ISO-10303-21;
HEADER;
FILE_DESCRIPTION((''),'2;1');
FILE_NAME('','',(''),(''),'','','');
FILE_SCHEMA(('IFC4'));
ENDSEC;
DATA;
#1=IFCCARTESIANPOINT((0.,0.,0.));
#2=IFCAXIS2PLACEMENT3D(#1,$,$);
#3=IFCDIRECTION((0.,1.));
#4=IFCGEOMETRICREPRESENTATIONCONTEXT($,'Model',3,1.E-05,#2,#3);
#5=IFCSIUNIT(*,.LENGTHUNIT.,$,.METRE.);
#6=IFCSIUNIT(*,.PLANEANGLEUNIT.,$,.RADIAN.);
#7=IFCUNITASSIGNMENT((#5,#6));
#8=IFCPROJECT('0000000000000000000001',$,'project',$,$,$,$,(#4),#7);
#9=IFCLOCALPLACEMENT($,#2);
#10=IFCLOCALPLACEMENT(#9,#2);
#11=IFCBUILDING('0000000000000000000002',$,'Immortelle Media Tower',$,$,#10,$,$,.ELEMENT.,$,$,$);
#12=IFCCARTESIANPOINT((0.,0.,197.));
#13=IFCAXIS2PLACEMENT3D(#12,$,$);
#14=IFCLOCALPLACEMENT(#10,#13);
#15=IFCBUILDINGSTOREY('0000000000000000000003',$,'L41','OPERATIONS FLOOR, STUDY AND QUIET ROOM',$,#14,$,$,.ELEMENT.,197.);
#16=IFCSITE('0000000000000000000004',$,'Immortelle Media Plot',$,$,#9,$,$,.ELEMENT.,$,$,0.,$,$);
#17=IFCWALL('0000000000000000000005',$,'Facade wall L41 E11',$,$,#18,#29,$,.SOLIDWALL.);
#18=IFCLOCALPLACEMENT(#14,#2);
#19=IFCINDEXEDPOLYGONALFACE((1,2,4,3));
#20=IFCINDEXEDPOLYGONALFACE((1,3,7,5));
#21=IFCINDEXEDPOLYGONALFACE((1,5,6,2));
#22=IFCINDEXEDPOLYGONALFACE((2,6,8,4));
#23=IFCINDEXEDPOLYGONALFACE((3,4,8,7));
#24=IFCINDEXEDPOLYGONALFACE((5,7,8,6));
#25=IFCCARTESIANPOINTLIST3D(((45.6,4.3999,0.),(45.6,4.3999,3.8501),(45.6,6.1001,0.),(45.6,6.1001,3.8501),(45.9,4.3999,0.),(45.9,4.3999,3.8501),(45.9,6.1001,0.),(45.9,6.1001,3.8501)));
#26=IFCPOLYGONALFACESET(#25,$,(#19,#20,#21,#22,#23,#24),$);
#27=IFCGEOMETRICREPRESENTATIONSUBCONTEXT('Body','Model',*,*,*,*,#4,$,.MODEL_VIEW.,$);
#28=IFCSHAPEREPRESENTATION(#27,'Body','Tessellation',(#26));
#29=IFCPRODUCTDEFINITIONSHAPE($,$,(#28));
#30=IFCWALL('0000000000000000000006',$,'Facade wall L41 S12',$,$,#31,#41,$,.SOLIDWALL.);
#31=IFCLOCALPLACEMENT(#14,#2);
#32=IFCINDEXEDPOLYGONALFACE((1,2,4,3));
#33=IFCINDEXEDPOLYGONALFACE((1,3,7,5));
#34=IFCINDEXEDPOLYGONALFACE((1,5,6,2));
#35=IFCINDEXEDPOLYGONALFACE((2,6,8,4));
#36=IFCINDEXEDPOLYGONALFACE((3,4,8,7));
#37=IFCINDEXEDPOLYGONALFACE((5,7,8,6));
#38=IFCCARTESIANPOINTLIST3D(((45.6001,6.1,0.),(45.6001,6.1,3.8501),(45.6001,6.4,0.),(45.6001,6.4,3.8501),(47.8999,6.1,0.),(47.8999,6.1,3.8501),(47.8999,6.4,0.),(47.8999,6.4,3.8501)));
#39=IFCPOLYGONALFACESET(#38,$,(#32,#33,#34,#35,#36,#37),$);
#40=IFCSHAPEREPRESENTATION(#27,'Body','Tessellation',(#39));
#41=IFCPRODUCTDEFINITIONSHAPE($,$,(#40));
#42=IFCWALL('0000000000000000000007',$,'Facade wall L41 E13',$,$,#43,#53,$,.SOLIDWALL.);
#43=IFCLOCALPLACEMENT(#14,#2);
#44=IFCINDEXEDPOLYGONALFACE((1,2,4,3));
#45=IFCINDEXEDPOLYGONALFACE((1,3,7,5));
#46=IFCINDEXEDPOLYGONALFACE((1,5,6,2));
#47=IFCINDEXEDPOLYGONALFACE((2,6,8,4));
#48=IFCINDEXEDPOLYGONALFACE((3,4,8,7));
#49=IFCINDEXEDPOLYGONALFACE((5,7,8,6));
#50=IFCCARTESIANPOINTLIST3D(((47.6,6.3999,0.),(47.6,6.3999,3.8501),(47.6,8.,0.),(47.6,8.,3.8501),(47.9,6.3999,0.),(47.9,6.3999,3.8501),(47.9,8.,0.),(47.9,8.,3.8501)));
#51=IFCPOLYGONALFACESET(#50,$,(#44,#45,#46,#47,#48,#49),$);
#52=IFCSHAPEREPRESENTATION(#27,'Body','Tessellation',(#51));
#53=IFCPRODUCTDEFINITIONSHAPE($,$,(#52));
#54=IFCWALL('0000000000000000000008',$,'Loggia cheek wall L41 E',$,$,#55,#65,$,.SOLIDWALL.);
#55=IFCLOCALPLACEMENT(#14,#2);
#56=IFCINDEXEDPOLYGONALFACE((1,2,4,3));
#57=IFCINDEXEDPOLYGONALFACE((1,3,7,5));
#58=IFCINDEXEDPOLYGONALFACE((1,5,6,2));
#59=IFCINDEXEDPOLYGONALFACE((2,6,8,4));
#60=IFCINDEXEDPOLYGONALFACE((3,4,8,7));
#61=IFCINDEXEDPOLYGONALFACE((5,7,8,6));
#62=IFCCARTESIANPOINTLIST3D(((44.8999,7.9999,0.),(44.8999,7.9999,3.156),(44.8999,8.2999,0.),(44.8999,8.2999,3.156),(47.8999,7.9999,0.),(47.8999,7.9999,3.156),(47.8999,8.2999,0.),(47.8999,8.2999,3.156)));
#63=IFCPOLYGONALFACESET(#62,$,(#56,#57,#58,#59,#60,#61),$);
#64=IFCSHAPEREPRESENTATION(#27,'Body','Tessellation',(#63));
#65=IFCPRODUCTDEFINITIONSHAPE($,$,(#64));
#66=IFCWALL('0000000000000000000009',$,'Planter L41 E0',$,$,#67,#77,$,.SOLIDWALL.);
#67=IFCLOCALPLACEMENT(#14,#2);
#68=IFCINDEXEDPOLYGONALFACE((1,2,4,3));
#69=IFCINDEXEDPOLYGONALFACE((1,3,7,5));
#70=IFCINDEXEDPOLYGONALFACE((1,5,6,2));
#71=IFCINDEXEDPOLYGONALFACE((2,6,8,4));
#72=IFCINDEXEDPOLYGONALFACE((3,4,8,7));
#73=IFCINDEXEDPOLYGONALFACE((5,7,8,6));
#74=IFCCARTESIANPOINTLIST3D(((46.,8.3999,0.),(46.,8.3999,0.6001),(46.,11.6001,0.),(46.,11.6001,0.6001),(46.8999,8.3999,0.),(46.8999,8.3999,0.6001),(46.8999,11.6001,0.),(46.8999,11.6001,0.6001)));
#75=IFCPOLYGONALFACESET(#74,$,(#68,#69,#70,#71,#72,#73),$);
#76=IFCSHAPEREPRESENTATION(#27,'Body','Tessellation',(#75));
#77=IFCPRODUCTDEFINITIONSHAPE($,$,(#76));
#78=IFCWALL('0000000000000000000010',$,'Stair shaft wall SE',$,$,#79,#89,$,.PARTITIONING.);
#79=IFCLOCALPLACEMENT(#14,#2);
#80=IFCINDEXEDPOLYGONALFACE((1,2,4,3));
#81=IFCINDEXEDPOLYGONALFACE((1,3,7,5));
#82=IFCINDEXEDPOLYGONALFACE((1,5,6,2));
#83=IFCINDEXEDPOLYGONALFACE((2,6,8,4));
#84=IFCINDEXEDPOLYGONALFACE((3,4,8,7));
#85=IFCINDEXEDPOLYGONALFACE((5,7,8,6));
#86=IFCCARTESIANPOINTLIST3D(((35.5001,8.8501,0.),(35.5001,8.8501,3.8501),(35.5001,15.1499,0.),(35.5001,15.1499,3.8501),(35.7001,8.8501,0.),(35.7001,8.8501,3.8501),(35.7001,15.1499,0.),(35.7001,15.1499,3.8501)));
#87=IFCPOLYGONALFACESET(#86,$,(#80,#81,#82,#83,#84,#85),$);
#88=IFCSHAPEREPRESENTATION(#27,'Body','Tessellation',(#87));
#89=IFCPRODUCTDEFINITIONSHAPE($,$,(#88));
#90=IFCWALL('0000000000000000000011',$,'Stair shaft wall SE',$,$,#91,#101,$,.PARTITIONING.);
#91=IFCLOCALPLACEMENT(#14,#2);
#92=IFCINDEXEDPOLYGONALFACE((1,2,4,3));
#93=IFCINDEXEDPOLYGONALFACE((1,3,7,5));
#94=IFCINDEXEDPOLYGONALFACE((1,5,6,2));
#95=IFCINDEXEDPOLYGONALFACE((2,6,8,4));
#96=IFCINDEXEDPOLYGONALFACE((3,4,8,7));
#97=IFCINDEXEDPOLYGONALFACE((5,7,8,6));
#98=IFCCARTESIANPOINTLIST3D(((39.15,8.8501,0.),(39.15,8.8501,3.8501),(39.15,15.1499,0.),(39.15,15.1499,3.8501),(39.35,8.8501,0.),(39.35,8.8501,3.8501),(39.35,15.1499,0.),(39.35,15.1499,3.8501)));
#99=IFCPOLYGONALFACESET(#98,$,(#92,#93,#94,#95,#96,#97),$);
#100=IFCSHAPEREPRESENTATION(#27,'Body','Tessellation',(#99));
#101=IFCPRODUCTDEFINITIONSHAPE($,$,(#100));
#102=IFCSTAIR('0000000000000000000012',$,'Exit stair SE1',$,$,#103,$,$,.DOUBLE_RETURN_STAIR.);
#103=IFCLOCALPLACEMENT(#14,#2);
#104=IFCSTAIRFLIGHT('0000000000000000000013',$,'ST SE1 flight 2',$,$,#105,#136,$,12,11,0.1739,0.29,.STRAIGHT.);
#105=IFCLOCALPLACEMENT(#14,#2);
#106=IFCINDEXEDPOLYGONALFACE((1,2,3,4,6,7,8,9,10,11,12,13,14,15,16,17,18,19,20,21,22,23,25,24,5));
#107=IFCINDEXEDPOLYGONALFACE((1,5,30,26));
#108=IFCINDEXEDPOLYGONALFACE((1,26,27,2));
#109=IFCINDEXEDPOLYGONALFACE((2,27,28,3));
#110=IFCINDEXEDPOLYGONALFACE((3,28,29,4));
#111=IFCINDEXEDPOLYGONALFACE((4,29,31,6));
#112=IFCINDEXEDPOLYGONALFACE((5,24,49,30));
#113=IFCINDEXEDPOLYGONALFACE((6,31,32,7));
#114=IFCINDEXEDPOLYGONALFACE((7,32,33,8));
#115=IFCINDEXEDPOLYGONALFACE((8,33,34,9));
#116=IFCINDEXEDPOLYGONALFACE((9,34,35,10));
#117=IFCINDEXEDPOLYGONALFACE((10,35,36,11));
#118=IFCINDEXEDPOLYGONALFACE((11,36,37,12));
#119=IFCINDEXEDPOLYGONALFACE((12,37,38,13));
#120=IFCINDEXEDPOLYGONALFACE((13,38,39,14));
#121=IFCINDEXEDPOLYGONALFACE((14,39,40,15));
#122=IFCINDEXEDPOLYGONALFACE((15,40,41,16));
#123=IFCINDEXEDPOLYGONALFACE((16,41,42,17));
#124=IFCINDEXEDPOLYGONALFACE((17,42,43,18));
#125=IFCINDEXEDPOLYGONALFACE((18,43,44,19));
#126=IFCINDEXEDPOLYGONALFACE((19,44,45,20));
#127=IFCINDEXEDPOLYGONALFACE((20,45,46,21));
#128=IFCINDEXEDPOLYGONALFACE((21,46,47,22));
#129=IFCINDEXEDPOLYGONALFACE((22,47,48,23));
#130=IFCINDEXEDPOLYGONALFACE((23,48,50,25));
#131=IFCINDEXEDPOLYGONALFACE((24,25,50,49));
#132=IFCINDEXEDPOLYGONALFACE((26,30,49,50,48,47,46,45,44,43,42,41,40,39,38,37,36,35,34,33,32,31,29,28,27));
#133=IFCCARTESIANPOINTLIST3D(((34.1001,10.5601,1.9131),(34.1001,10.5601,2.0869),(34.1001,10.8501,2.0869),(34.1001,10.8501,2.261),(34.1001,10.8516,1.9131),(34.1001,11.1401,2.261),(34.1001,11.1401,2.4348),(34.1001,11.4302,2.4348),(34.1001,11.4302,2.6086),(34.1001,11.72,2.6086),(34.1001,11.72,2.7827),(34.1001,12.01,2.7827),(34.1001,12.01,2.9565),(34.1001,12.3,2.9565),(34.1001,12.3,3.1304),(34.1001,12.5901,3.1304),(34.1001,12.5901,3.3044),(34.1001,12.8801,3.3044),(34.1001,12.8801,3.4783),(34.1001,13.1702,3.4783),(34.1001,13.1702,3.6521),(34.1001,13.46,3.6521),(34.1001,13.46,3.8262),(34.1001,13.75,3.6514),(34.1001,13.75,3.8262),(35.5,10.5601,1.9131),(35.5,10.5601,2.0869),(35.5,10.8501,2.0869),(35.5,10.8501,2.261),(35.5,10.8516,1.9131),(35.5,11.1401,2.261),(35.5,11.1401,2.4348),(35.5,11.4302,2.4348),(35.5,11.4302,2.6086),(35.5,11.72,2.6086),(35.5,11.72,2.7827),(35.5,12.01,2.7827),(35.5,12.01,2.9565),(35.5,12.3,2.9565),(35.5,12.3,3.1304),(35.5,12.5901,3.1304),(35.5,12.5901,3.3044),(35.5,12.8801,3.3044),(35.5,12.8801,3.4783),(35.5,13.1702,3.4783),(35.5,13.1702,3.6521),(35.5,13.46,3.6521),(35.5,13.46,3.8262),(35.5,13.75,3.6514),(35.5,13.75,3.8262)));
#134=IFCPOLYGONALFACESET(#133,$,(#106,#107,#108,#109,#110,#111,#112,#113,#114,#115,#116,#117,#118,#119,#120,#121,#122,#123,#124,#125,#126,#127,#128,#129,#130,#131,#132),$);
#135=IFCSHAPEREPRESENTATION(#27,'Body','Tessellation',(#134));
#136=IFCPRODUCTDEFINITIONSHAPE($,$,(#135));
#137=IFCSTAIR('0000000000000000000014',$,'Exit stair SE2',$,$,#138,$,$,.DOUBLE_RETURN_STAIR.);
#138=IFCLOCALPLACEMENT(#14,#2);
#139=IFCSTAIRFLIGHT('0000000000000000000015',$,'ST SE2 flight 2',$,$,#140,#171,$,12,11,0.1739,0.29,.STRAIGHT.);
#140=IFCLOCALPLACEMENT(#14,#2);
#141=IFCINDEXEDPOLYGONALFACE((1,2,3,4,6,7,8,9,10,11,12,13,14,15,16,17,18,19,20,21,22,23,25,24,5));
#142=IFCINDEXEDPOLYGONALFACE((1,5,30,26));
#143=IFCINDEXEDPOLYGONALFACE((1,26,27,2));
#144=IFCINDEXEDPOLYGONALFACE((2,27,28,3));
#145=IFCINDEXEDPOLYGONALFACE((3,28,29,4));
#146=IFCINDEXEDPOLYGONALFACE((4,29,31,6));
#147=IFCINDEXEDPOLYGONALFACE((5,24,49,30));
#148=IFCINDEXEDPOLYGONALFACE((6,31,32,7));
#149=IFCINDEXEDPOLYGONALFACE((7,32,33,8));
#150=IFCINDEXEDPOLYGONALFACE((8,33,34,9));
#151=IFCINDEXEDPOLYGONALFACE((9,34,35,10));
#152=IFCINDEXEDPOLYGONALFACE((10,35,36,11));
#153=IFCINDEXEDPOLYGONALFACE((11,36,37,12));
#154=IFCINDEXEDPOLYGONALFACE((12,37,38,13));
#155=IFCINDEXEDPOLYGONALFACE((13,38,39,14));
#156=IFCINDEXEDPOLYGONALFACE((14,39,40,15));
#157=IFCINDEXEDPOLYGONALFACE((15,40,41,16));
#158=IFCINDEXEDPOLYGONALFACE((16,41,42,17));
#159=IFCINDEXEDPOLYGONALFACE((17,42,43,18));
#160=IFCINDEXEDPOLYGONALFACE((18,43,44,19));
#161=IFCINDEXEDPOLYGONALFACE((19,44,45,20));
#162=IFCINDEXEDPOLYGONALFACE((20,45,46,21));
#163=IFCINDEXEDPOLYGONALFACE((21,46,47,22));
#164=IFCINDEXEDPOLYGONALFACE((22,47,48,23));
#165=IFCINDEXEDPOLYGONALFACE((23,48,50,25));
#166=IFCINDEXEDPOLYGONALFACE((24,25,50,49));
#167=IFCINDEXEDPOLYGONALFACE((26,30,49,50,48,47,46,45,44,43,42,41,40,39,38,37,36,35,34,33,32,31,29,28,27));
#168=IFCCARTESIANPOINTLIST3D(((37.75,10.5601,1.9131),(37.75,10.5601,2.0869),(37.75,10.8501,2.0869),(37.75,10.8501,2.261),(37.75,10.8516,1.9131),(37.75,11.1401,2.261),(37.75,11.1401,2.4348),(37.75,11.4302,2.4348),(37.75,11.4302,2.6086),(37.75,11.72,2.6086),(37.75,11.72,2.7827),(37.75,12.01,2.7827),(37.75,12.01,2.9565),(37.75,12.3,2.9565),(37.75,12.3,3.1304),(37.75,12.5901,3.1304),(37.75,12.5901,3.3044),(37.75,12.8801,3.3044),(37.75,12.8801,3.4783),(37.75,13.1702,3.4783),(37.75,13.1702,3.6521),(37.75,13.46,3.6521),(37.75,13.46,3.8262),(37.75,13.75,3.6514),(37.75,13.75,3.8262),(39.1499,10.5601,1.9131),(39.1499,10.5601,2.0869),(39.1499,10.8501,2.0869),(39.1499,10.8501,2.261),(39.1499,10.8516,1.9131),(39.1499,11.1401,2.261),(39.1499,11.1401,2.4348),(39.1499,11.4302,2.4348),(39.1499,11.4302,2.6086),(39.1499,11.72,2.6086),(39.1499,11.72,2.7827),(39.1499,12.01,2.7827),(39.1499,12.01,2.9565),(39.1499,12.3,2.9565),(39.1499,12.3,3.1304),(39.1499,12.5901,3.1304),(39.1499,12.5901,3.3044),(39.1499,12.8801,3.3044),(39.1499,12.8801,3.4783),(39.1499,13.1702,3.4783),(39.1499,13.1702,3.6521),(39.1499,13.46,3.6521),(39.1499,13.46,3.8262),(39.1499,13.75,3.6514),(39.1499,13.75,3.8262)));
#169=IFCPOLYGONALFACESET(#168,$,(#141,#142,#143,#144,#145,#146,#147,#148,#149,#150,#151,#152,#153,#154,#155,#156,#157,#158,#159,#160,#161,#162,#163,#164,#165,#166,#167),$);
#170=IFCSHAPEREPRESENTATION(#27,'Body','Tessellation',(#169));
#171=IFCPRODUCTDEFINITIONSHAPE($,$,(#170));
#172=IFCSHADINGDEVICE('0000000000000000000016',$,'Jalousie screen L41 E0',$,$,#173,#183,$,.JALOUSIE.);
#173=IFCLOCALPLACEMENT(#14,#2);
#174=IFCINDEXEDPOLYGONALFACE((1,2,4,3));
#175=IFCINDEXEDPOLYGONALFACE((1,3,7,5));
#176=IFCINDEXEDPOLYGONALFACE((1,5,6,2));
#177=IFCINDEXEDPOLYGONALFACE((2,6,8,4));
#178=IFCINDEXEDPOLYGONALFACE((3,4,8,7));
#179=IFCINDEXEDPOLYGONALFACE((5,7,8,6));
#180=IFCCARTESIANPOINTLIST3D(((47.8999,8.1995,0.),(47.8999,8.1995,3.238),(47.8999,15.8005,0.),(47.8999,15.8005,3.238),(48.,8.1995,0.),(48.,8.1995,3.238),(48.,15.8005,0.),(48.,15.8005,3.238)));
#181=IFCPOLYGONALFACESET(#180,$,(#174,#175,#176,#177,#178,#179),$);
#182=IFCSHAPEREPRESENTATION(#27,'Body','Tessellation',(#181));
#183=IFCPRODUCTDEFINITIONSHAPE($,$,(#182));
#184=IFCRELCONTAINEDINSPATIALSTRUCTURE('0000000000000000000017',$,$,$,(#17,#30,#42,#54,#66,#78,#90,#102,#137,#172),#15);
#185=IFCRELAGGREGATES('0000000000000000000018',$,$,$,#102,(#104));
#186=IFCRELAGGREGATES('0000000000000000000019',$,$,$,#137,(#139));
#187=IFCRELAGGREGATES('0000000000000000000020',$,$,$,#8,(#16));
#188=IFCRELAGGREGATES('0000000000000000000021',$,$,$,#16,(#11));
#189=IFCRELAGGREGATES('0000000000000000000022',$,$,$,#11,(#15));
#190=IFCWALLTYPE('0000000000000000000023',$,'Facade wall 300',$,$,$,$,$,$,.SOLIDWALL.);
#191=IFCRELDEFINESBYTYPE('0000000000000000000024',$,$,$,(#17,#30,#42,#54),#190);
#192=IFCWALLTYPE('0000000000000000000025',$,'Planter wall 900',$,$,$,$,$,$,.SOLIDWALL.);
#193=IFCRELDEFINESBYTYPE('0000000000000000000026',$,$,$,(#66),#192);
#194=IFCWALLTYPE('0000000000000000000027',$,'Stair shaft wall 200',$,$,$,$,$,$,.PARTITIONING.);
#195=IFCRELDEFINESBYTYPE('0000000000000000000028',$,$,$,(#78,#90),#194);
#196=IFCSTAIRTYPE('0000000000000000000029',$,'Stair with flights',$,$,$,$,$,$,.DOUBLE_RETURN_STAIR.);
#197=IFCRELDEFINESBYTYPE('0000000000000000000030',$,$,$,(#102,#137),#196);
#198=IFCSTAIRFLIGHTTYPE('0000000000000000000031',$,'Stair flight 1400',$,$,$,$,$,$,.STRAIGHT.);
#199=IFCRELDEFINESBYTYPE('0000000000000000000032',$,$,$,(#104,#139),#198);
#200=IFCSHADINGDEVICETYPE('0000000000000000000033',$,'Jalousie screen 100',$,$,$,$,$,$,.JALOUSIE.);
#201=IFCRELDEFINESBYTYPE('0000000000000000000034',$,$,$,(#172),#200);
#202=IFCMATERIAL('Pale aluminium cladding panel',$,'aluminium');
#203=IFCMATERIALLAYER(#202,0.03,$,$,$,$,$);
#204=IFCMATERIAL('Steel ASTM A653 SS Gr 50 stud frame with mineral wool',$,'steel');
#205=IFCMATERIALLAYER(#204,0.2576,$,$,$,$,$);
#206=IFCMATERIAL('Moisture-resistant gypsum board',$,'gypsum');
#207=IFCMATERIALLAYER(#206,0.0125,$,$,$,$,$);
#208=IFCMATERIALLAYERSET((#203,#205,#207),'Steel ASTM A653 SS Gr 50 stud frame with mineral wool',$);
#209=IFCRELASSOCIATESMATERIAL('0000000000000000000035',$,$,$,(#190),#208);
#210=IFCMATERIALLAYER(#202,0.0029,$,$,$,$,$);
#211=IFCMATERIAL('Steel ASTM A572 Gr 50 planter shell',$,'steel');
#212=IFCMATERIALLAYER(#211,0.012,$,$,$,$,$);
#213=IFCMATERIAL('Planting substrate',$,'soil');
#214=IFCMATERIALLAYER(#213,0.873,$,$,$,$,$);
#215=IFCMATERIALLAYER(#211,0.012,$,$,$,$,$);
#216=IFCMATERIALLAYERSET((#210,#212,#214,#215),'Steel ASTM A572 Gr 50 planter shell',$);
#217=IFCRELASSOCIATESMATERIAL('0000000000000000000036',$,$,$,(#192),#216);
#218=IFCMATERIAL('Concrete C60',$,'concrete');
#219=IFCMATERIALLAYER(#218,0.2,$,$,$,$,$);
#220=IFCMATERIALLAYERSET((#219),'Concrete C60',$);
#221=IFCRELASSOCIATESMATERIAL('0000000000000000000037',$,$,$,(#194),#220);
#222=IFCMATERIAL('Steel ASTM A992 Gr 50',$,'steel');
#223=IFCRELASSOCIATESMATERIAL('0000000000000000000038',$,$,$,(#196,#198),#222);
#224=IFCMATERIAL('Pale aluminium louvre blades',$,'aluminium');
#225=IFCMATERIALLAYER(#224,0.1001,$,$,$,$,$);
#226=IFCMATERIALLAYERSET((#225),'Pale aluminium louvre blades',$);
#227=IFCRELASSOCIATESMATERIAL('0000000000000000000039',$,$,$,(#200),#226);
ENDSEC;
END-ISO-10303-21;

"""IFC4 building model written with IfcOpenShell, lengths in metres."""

from ifc_helpers import new_model, si_unit, direction, frame, frame_2d, origin, origin_2d, place, context, subcontext, project, spatial, polyline, rectangle, outline, extrude, material, layer, layer_set, type_object, element, aggregate, save


model = new_model("IFC4")

# Units and contexts
model_context = context("Model", 3, precision=1e-05, world=origin(), true_north=direction((0.0, 1.0)))
body_context = subcontext(model_context, "Body", "Model", "MODEL_VIEW")
ifc_project = project(units=[si_unit("LENGTHUNIT", "METRE"), si_unit("PLANEANGLEUNIT", "RADIAN")], contexts=[model_context])

# Site, building, storey
site_placement = place(None, origin())
site = spatial("IfcSite", under=ifc_project, at=site_placement, Name="Immortelle Media Plot", CompositionType="ELEMENT", RefElevation=0.0)
building_placement = place(site_placement, origin())
building = spatial("IfcBuilding", under=site, at=building_placement, Name="Immortelle Media Tower", CompositionType="ELEMENT")
storey_placement = place(building_placement, frame((0.0, 0.0, 197.0)))
storey = spatial("IfcBuildingStorey", under=building, at=storey_placement, Name="L41", Description="OPERATIONS FLOOR, STUDY AND QUIET ROOM", CompositionType="ELEMENT", Elevation=197.0)

# Shared definitions
ifc_material_1 = material(Name="Steel ASTM A992 Gr 50", Category="steel")

# Walls
ifc_material_2 = material(Name="Pale aluminium cladding panel", Category="aluminium")
ifc_layer_1 = layer(ifc_material_2, 0.03)
ifc_material_3 = material(Name="Steel ASTM A653 SS Gr 50 stud frame with mineral wool", Category="steel")
ifc_layer_2 = layer(ifc_material_3, 0.2576)
ifc_material_4 = material(Name="Moisture-resistant gypsum board", Category="gypsum")
ifc_layer_3 = layer(ifc_material_4, 0.0125)
ifc_layer_set_1 = layer_set([ifc_layer_1, ifc_layer_2, ifc_layer_3], Name="Steel ASTM A653 SS Gr 50 stud frame with mineral wool")
wall_type_1 = type_object("IfcWallType", Name="Facade wall 300", PredefinedType="SOLIDWALL", material=ifc_layer_set_1)
wall_1_placement = place(storey_placement, frame((45.75, 4.3999, 0.0), z_axis=(0.0, 0.0, 1.0), x_axis=(0.0, 1.0, 0.0)))
element("IfcWall", 1, at=wall_1_placement, inside=storey, type_object=wall_type_1, Name="Facade wall L41 E11", PredefinedType="SOLIDWALL", context=body_context, shape_type="SweptSolid", body=[
    extrude(rectangle(XDim=1.7002, YDim=0.3, at=frame_2d((0.8501, 0.0))), origin(), (0.0, 0.0, 1.0), 3.8501),
])
wall_2_placement = place(storey_placement, frame((45.6001, 6.25, 0.0), z_axis=(0.0, 0.0, 1.0), x_axis=(1.0, 0.0, 0.0)))
element("IfcWall", 2, at=wall_2_placement, inside=storey, type_object=wall_type_1, Name="Facade wall L41 S12", PredefinedType="SOLIDWALL", context=body_context, shape_type="SweptSolid", body=[
    extrude(rectangle(XDim=2.2998, YDim=0.3, at=frame_2d((1.1499, 0.0))), origin(), (0.0, 0.0, 1.0), 3.8501),
])
wall_3_placement = place(storey_placement, frame((47.75, 6.3999, 0.0), z_axis=(0.0, 0.0, 1.0), x_axis=(0.0, 1.0, 0.0)))
element("IfcWall", 3, at=wall_3_placement, inside=storey, type_object=wall_type_1, Name="Facade wall L41 E13", PredefinedType="SOLIDWALL", context=body_context, shape_type="SweptSolid", body=[
    extrude(rectangle(XDim=1.6001, YDim=0.3, at=frame_2d((0.8, 0.0))), origin(), (0.0, 0.0, 1.0), 3.8501),
])

# Walls
wall_4_placement = place(storey_placement, frame((47.8999, 8.1499, 0.0), z_axis=(0.0, 0.0, 1.0), x_axis=(-1.0, 0.0, 0.0)))
element("IfcWall", 4, at=wall_4_placement, inside=storey, type_object=wall_type_1, Name="Loggia cheek wall L41 E", PredefinedType="SOLIDWALL", context=body_context, shape_type="SweptSolid", body=[
    extrude(rectangle(XDim=3.0, YDim=0.3, at=frame_2d((1.5, 0.0))), origin(), (0.0, 0.0, 1.0), 3.156),
])
ifc_layer_4 = layer(ifc_material_2, 0.0029)
ifc_material_5 = material(Name="Steel ASTM A572 Gr 50 planter shell", Category="steel")
ifc_layer_5 = layer(ifc_material_5, 0.012)
ifc_material_6 = material(Name="Planting substrate", Category="soil")
ifc_layer_6 = layer(ifc_material_6, 0.873)
ifc_layer_7 = layer(ifc_material_5, 0.012)
ifc_layer_set_2 = layer_set([ifc_layer_4, ifc_layer_5, ifc_layer_6, ifc_layer_7], Name="Steel ASTM A572 Gr 50 planter shell")
wall_type_2 = type_object("IfcWallType", Name="Planter wall 900", PredefinedType="SOLIDWALL", material=ifc_layer_set_2)
wall_5_placement = place(storey_placement, frame((46.45, 8.3999, 0.0), z_axis=(0.0, 0.0, 1.0), x_axis=(0.0, 1.0, 0.0)))
element("IfcWall", 5, at=wall_5_placement, inside=storey, type_object=wall_type_2, Name="Planter L41 E0", PredefinedType="SOLIDWALL", context=body_context, shape_type="SweptSolid", body=[
    extrude(rectangle(XDim=3.2002, YDim=0.8999, at=frame_2d((1.6001, 0.0))), origin(), (0.0, 0.0, 1.0), 0.6001),
])
ifc_material_7 = material(Name="Concrete C60", Category="concrete")
ifc_layer_8 = layer(ifc_material_7, 0.2)
ifc_layer_set_3 = layer_set([ifc_layer_8], Name="Concrete C60")
wall_type_3 = type_object("IfcWallType", Name="Stair shaft wall 200", PredefinedType="PARTITIONING", material=ifc_layer_set_3)
for number, where, z_axis, x_axis, name in (
    (6, (35.6001, 8.8501, 0.0), (0.0, 0.0, 1.0), (0.0, 1.0, 0.0), "Stair shaft wall SE"),
    (7, (39.25, 8.8501, 0.0), (0.0, 0.0, 1.0), (0.0, 1.0, 0.0), "Stair shaft wall SE"),
):
    element("IfcWall", number, at=place(storey_placement, frame(where, z_axis=z_axis, x_axis=x_axis)), inside=storey, type_object=wall_type_3, Name=name, PredefinedType="PARTITIONING", context=body_context, shape_type="SweptSolid", body=[
        extrude(rectangle(XDim=6.2998, YDim=0.2, at=frame_2d((3.1499, 0.0))), origin(), (0.0, 0.0, 1.0), 3.8501),
    ])

# Stairs, stair flights
stair_type = type_object("IfcStairType", Name="Stair with flights", PredefinedType="DOUBLE_RETURN_STAIR", material=ifc_material_1)
stair_1_placement = place(storey_placement, origin())
stair_1 = element("IfcStair", 8, at=stair_1_placement, inside=storey, type_object=stair_type, Name="Exit stair SE1", PredefinedType="DOUBLE_RETURN_STAIR")
stair_flight_type = type_object("IfcStairFlightType", Name="Stair flight 1400", PredefinedType="STRAIGHT", material=ifc_material_1)
stair_flight_1_placement = place(storey_placement, frame((34.8, 10.5601, 1.9131), z_axis=(0.0, 0.0, 1.0), x_axis=(0.0, 1.0, 0.0)))
stair_flight_1 = element("IfcStairFlight", 9, at=stair_flight_1_placement, type_object=stair_flight_type, Name="ST SE1 flight 2", NumberOfRisers=12, NumberOfTreads=11, PredefinedType="STRAIGHT", RiserHeight=0.1739, TreadLength=0.29, context=body_context, shape_type="SweptSolid", body=[
    extrude(outline(polyline([(0.0, 0.0), (0.0, 0.1738), (0.29, 0.1738), (0.29, 0.3479), (0.5801, 0.3479), (0.5801, 0.5217), (0.8701, 0.5217), (0.8701, 0.6956), (1.1599, 0.6956), (1.1599, 0.8696), (1.45, 0.8696), (1.45, 1.0435), (1.74, 1.0435), (1.74, 1.2173), (2.03, 1.2173), (2.03, 1.3914), (2.3201, 1.3914), (2.3201, 1.5652), (2.6101, 1.5652), (2.6101, 1.739), (2.8999, 1.739), (2.8999, 1.9131), (3.1899, 1.9131), (3.1899, 2.0869), (3.1899, 1.7383), (0.2915, 0.0), (0.0, 0.0)])), frame((0.0, 0.7, 0.0), z_axis=(0.0, -1.0, 0.0), x_axis=(1.0, 0.0, 0.0)), (0.0, 0.0, 1.0), 1.3999),
])
aggregate(stair_1, [stair_flight_1])
stair_2_placement = place(storey_placement, origin())
stair_2 = element("IfcStair", 10, at=stair_2_placement, inside=storey, type_object=stair_type, Name="Exit stair SE2", PredefinedType="DOUBLE_RETURN_STAIR")
stair_flight_2_placement = place(storey_placement, frame((38.45, 10.5601, 1.9131), z_axis=(0.0, 0.0, 1.0), x_axis=(0.0, 1.0, 0.0)))
stair_flight_2 = element("IfcStairFlight", 11, at=stair_flight_2_placement, type_object=stair_flight_type, Name="ST SE2 flight 2", NumberOfRisers=12, NumberOfTreads=11, PredefinedType="STRAIGHT", RiserHeight=0.1739, TreadLength=0.29, context=body_context, shape_type="SweptSolid", body=[
    extrude(outline(polyline([(0.0, 0.0), (0.0, 0.1738), (0.29, 0.1738), (0.29, 0.3479), (0.5801, 0.3479), (0.5801, 0.5217), (0.8701, 0.5217), (0.8701, 0.6956), (1.1599, 0.6956), (1.1599, 0.8696), (1.45, 0.8696), (1.45, 1.0435), (1.74, 1.0435), (1.74, 1.2173), (2.03, 1.2173), (2.03, 1.3914), (2.3201, 1.3914), (2.3201, 1.5652), (2.6101, 1.5652), (2.6101, 1.739), (2.8999, 1.739), (2.8999, 1.9131), (3.1899, 1.9131), (3.1899, 2.0869), (3.1899, 1.7383), (0.2915, 0.0), (0.0, 0.0)])), frame((0.0, 0.7, 0.0), z_axis=(0.0, -1.0, 0.0), x_axis=(1.0, 0.0, 0.0)), (0.0, 0.0, 1.0), 1.3999),
])
aggregate(stair_2, [stair_flight_2])

# Shading device
ifc_material_8 = material(Name="Pale aluminium louvre blades", Category="aluminium")
ifc_layer_9 = layer(ifc_material_8, 0.1001)
ifc_layer_set_4 = layer_set([ifc_layer_9], Name="Pale aluminium louvre blades")
shading_device_type_1 = type_object("IfcShadingDeviceType", Name="Jalousie screen 100", PredefinedType="JALOUSIE", material=ifc_layer_set_4)
shading_device_1_placement = place(storey_placement, frame((47.95, 12.0, 0.0), z_axis=(0.0, 0.0, 1.0), x_axis=(0.0, 1.0, 0.0)))
element("IfcShadingDevice", 12, at=shading_device_1_placement, inside=storey, type_object=shading_device_type_1, Name="Jalousie screen L41 E0", PredefinedType="JALOUSIE", context=body_context, shape_type="SweptSolid", body=[
    extrude(rectangle(XDim=7.6011, YDim=0.1001, at=origin_2d()), origin(), (0.0, 0.0, 1.0), 3.238),
])

save(model, "model.ifc")
